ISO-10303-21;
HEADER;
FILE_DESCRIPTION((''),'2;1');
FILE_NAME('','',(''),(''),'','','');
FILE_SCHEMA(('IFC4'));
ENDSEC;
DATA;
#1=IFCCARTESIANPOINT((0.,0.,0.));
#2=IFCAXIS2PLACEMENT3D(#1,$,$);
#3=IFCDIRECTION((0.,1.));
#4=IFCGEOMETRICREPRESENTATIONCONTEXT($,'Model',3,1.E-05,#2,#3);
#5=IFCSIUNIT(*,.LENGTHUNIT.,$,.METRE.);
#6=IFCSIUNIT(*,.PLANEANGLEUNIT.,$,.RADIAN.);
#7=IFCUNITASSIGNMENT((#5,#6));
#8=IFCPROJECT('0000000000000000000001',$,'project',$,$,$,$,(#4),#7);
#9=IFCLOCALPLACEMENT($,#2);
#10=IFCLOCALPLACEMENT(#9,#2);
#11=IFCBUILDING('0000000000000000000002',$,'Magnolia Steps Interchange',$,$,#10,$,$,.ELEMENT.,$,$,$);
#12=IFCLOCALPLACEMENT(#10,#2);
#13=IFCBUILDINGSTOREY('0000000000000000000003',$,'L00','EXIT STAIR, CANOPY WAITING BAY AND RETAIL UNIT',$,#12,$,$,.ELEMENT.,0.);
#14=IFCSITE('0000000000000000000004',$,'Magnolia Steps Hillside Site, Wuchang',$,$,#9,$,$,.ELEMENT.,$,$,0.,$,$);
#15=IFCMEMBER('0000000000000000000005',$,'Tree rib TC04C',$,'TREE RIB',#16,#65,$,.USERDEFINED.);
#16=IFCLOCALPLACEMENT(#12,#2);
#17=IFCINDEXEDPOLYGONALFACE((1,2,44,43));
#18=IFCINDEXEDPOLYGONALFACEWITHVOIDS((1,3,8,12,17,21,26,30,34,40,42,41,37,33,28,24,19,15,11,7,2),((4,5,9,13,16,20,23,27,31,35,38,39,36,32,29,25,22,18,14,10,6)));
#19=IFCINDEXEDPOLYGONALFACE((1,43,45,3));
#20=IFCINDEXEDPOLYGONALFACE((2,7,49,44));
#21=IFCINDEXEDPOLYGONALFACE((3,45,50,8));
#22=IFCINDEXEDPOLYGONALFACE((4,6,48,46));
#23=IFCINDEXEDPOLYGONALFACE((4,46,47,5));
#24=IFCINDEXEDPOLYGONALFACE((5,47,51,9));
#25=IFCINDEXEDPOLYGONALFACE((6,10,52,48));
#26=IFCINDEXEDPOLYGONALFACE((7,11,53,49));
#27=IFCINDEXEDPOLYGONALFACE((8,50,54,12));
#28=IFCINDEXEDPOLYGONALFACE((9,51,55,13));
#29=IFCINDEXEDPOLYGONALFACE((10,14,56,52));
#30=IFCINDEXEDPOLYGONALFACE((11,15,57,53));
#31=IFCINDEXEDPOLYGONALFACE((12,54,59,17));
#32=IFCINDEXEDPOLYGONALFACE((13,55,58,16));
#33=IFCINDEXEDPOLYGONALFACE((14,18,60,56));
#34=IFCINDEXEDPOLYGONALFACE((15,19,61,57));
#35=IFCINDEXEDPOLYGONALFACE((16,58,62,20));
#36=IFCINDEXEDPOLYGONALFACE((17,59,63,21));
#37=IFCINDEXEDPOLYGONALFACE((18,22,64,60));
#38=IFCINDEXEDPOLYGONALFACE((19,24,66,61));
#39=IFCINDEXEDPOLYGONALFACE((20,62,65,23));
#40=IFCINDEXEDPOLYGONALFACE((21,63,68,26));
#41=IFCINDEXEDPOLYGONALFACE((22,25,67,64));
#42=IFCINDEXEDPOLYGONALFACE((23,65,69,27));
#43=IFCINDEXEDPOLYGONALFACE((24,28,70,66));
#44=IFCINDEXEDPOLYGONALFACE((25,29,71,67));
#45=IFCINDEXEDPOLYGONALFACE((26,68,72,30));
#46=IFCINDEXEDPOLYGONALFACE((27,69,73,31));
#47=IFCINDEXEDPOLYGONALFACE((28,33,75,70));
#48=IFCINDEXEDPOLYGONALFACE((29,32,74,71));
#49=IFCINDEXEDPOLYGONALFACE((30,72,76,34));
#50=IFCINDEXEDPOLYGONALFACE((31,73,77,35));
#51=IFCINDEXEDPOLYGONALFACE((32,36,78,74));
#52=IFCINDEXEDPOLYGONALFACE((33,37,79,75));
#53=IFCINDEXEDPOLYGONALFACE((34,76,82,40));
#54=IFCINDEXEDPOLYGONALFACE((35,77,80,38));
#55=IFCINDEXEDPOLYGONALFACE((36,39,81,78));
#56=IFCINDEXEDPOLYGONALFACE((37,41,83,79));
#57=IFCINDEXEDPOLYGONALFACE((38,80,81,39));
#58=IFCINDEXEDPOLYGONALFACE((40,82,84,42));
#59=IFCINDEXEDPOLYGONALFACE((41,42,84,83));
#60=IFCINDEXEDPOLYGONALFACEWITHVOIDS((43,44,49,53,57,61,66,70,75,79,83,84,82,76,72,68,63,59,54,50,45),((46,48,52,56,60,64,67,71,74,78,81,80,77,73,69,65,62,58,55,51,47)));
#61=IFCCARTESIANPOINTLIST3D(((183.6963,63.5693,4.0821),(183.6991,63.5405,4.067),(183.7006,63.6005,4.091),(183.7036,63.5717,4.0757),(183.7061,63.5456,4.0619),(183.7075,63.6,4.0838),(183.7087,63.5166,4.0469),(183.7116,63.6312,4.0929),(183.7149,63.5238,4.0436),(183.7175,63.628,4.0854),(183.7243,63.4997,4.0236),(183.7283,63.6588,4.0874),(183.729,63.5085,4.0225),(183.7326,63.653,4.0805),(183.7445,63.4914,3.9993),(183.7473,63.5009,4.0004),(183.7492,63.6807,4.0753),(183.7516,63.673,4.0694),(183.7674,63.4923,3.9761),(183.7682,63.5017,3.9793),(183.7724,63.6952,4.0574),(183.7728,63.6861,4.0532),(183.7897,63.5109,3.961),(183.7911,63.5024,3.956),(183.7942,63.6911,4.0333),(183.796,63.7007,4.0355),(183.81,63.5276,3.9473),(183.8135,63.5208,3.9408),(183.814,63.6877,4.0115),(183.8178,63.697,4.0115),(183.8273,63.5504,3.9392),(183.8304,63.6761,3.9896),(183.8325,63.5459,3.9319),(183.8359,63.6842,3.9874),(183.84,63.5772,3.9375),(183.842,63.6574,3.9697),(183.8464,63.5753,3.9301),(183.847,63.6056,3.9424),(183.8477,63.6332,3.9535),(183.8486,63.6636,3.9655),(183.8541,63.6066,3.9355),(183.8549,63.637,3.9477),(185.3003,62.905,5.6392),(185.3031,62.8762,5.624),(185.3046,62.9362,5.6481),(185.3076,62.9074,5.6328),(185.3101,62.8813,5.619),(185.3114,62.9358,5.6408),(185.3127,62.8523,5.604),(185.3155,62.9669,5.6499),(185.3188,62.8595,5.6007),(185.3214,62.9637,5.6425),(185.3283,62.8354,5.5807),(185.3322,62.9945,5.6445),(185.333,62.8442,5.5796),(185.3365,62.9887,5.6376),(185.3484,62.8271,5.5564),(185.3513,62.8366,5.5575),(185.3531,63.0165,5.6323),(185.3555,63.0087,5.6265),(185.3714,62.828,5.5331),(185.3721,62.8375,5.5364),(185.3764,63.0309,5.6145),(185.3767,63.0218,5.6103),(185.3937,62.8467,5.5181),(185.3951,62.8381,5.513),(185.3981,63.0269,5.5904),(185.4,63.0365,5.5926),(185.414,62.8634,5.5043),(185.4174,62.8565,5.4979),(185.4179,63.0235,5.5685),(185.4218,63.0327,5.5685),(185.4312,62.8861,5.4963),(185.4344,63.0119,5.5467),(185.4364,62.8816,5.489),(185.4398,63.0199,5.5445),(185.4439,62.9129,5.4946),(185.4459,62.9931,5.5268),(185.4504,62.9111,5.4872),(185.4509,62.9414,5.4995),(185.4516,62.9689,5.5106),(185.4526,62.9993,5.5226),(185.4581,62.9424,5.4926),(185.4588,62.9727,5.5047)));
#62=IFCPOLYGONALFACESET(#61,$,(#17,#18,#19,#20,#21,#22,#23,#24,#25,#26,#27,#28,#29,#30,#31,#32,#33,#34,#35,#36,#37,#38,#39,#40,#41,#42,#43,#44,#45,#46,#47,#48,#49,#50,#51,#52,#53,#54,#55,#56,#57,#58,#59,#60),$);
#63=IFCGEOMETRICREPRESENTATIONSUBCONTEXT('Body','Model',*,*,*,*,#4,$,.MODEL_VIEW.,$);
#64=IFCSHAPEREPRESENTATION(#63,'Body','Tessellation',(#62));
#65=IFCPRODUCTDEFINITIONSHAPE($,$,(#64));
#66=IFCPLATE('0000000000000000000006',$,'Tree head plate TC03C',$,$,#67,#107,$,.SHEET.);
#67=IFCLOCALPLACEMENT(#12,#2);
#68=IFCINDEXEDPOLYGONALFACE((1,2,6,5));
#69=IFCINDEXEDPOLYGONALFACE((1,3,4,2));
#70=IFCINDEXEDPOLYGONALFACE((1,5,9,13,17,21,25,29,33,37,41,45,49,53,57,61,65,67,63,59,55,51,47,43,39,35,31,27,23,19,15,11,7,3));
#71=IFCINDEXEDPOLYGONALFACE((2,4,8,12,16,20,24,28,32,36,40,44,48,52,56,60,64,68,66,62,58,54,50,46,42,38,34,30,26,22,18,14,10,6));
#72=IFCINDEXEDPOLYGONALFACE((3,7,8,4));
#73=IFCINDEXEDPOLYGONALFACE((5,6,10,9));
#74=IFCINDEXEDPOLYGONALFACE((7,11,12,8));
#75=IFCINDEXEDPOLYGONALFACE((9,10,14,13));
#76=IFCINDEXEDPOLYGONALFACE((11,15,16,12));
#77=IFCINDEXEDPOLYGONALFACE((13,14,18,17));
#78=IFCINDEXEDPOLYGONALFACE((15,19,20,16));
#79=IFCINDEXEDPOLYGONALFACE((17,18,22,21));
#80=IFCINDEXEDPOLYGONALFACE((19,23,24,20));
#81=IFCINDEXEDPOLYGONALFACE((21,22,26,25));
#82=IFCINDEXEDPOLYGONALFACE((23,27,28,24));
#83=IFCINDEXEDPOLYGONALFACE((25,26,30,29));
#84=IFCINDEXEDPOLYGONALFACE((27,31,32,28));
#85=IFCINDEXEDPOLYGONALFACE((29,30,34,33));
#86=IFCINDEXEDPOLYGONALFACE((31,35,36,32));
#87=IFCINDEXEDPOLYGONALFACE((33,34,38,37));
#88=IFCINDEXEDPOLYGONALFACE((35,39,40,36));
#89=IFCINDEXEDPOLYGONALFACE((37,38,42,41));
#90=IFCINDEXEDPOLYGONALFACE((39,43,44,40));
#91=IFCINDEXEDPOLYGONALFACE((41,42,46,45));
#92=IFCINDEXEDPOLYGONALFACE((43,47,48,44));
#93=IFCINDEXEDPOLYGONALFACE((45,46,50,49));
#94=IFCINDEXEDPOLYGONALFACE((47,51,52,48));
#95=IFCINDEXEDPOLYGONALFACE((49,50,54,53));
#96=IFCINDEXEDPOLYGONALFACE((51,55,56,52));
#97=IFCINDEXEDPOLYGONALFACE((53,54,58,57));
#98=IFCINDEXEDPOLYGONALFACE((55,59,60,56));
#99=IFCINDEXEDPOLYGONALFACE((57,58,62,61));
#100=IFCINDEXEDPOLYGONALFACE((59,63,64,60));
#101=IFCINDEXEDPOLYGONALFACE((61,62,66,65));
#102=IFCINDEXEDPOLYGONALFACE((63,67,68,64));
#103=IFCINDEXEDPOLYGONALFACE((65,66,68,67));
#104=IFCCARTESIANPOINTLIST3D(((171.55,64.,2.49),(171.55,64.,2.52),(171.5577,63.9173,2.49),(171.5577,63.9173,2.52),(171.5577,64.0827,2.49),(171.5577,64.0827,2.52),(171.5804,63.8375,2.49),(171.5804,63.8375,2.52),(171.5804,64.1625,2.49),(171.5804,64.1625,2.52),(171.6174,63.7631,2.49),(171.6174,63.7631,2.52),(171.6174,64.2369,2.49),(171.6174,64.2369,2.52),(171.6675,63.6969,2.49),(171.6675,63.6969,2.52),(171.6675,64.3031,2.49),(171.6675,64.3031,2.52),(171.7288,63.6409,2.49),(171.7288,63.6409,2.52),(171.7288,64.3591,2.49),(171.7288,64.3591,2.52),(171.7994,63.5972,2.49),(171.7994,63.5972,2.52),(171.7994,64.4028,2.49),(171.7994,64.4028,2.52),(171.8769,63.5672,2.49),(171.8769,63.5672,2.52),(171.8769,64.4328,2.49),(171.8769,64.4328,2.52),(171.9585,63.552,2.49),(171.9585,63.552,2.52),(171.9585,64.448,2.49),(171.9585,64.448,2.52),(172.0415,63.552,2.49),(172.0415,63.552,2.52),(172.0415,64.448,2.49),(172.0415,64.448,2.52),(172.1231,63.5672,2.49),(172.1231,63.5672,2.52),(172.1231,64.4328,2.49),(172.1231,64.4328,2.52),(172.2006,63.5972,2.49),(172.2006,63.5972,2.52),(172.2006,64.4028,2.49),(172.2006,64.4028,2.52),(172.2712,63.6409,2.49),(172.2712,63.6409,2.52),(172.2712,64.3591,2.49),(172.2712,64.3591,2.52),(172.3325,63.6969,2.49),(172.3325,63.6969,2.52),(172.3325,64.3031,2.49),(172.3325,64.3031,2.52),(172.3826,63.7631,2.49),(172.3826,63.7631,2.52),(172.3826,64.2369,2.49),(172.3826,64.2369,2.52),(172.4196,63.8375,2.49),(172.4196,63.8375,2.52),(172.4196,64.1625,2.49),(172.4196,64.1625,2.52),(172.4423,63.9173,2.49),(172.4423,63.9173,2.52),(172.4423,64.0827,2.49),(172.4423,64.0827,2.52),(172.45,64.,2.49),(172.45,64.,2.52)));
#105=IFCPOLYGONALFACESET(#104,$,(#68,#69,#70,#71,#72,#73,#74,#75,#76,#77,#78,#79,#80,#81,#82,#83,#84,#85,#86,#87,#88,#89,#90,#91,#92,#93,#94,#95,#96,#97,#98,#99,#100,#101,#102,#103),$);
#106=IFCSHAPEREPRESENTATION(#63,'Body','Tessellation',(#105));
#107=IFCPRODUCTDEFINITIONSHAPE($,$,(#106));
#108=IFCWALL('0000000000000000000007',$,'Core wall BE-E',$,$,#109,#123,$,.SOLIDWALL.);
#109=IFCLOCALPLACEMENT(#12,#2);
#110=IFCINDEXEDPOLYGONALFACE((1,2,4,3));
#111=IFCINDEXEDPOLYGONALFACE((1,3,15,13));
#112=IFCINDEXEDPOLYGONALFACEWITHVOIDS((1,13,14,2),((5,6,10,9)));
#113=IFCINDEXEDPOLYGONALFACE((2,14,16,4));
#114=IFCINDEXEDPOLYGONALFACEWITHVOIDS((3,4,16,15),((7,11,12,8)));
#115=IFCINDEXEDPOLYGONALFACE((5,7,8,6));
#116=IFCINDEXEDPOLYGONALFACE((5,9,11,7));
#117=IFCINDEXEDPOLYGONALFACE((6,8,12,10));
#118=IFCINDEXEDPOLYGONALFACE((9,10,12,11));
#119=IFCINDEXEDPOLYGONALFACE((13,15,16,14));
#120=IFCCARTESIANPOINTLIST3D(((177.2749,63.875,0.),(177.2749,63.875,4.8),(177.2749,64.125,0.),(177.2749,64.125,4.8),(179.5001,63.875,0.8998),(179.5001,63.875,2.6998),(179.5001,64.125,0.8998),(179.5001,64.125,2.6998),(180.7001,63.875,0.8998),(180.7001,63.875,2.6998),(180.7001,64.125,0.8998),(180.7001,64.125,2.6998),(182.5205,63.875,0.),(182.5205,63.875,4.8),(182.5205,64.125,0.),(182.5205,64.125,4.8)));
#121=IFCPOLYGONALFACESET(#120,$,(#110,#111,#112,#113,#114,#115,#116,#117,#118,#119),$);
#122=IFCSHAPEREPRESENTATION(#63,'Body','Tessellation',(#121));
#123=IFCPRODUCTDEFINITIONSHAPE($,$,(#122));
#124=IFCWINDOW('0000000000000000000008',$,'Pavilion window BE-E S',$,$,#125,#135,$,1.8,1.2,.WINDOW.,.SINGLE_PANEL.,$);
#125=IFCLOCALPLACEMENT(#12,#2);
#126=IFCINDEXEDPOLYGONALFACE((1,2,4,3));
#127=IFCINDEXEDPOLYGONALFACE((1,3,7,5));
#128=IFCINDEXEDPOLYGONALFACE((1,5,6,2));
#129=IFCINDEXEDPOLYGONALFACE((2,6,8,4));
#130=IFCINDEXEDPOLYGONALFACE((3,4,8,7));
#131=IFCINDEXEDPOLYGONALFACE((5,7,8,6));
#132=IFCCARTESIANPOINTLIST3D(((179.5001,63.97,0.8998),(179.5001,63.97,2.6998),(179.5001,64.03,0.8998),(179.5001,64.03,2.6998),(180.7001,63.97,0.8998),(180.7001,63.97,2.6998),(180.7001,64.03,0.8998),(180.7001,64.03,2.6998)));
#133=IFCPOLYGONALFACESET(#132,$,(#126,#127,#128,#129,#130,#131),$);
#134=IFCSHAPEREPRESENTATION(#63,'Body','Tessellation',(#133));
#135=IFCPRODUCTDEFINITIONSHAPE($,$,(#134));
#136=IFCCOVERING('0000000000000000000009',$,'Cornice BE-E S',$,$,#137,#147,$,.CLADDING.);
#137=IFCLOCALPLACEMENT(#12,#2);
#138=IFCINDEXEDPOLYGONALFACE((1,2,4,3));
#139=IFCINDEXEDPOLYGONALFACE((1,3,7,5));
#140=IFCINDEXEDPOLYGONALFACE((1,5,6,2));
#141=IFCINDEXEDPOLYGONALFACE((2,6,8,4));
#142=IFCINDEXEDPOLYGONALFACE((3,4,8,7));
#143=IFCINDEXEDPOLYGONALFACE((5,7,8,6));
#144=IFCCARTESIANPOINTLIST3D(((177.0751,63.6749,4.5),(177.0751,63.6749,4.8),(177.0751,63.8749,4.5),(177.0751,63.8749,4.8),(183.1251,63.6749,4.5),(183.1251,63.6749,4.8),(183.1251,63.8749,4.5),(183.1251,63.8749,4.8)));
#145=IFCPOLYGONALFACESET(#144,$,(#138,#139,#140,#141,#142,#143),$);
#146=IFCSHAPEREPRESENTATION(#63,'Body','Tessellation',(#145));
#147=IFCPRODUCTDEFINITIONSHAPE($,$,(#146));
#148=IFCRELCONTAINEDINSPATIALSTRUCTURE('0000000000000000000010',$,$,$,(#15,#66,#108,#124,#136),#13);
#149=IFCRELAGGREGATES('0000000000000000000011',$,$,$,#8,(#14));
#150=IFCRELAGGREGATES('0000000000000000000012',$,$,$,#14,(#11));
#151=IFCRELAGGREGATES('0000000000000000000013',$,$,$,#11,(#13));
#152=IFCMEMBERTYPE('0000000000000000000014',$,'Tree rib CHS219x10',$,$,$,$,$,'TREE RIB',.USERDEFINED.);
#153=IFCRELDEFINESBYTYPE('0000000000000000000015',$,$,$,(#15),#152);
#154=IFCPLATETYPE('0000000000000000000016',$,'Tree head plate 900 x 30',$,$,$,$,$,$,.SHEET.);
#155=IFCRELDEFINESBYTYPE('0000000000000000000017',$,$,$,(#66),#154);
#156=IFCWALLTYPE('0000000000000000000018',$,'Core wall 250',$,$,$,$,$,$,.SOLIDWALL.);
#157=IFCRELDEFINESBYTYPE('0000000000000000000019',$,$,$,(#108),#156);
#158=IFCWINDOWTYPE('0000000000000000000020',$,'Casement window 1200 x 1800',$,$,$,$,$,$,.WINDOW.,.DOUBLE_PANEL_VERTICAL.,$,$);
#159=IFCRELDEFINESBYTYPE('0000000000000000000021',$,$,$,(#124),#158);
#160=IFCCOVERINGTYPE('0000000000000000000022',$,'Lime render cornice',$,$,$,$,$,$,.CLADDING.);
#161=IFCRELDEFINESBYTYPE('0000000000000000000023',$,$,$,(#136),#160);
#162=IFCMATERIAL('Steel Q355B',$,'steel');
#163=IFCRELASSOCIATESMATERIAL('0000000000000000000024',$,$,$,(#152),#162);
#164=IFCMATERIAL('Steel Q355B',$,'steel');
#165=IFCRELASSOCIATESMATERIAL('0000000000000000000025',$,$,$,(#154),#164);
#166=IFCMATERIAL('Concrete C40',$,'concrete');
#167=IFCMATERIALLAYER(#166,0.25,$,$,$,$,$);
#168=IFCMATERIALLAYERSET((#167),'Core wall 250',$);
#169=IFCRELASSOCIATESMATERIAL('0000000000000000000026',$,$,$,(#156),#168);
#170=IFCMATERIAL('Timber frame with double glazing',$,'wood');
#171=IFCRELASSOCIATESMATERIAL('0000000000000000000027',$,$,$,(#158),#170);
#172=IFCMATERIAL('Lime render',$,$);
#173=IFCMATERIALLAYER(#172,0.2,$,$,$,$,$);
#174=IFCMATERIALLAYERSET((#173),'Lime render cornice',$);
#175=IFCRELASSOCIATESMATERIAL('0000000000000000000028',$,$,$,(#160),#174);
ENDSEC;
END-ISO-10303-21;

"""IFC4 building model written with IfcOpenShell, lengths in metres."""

from ifc_helpers import new_model, si_unit, direction, frame, frame_2d, origin, origin_2d, place, context, subcontext, project, spatial, rectangle, circle, hollow_circle, extrude, material, layer, layer_set, material_profile, profile_set, type_object, element, fill, save


model = new_model("IFC4")

# Units and contexts
model_context = context("Model", 3, precision=1e-05, world=origin(), true_north=direction((0.0, 1.0)))
body_context = subcontext(model_context, "Body", "Model", "MODEL_VIEW")
ifc_project = project(units=[si_unit("LENGTHUNIT", "METRE"), si_unit("PLANEANGLEUNIT", "RADIAN")], contexts=[model_context])

# Site, building, storey
site_placement = place(None, origin())
site = spatial("IfcSite", under=ifc_project, at=site_placement, Name="Magnolia Steps Hillside Site, Wuchang", CompositionType="ELEMENT", RefElevation=0.0)
building_placement = place(site_placement, origin())
building = spatial("IfcBuilding", under=site, at=building_placement, Name="Magnolia Steps Interchange", CompositionType="ELEMENT")
storey_placement = place(building_placement, origin())
storey = spatial("IfcBuildingStorey", under=building, at=storey_placement, Name="L00", Description="EXIT STAIR, CANOPY WAITING BAY AND RETAIL UNIT", CompositionType="ELEMENT", Elevation=0.0)

# Member
ifc_material_1 = material(Name="Steel Q355B", Category="steel")
ifc_material_profile_1 = material_profile(ifc_material_1, hollow_circle(Radius=0.1096, WallThickness=0.01, at=origin_2d()), Name="CHS219x10")
ifc_profile_set_1 = profile_set([ifc_material_profile_1], Name="Steel Q355B")
member_type = type_object("IfcMemberType", Name="Tree rib CHS219x10", ElementType="TREE RIB", PredefinedType="USERDEFINED", material=ifc_profile_set_1)
member_1_placement = place(storey_placement, frame((183.7759, 63.5957, 4.0115), z_axis=(0.687788, -0.284851, 0.667688), x_axis=(0.382637, 0.923899, 0.0)))
element("IfcMember", 1, at=member_1_placement, inside=storey, type_object=member_type, Name="Tree rib TC04C", ObjectType="TREE RIB", PredefinedType="USERDEFINED", context=body_context, shape_type="SweptSolid", body=[
    extrude(hollow_circle(Radius=0.1096, WallThickness=0.01, at=origin_2d()), origin(), (0.0, 0.0, 1.0), 2.332),
])

# Plate
ifc_material_2 = material(Name="Steel Q355B", Category="steel")
ifc_material_profile_2 = material_profile(ifc_material_2, circle(Radius=0.45, at=origin_2d()), Name="Tree head plate 900 x 30")
ifc_profile_set_2 = profile_set([ifc_material_profile_2], Name="Steel Q355B")
plate_type = type_object("IfcPlateType", Name="Tree head plate 900 x 30", PredefinedType="SHEET", material=ifc_profile_set_2)
plate_placement = place(storey_placement, frame((172.0, 64.0, 2.49), z_axis=(0.0, 0.0, 1.0), x_axis=(1.0, 0.0, 0.0)))
element("IfcPlate", 2, at=plate_placement, inside=storey, type_object=plate_type, Name="Tree head plate TC03C", PredefinedType="SHEET", context=body_context, shape_type="SweptSolid", body=[
    extrude(circle(Radius=0.45, at=origin_2d()), origin(), (0.0, 0.0, 1.0), 0.03),
])

# Wall, opening, window
ifc_material_3 = material(Name="Concrete C40", Category="concrete")
ifc_layer_1 = layer(ifc_material_3, 0.25)
ifc_layer_set_1 = layer_set([ifc_layer_1], Name="Core wall 250")
wall_type = type_object("IfcWallType", Name="Core wall 250", PredefinedType="SOLIDWALL", material=ifc_layer_set_1)
wall_placement = place(storey_placement, frame((177.2749, 64.0, 0.0), z_axis=(0.0, 0.0, 1.0), x_axis=(1.0, 0.0, 0.0)))
wall = element("IfcWall", 3, at=wall_placement, inside=storey, type_object=wall_type, Name="Core wall BE-E", PredefinedType="SOLIDWALL", context=body_context, shape_type="SweptSolid", body=[
    extrude(rectangle(XDim=5.2456, YDim=0.25, at=frame_2d((2.6228, 0.0))), origin(), (0.0, 0.0, 1.0), 4.8),
])
opening_placement = place(wall_placement, frame((2.2251, 0.0, 0.8999)))
opening = element("IfcOpeningElement", 4, at=opening_placement, cuts=wall, PredefinedType="OPENING", context=body_context, shape_type="SweptSolid", body=[
    extrude(rectangle(XDim=1.2, YDim=1.8, at=frame_2d((0.6001, 0.8999))), frame((0.0, 0.135, 0.0), z_axis=(0.0, -1.0, 0.0), x_axis=(1.0, 0.0, 0.0)), (0.0, 0.0, 1.0), 0.27),
])
ifc_material_4 = material(Name="Timber frame with double glazing", Category="wood")
window_type = type_object("IfcWindowType", Name="Casement window 1200 x 1800", PartitioningType="DOUBLE_PANEL_VERTICAL", PredefinedType="WINDOW", material=ifc_material_4)
window_placement = place(opening_placement, origin())
window = element("IfcWindow", 5, at=window_placement, inside=storey, type_object=window_type, Name="Pavilion window BE-E S", OverallHeight=1.8, OverallWidth=1.2, PartitioningType="SINGLE_PANEL", PredefinedType="WINDOW", context=body_context, shape_type="SweptSolid", body=[
    extrude(rectangle(XDim=1.2, YDim=1.8, at=frame_2d((0.6001, 0.8999))), frame((0.0, 0.03, 0.0), z_axis=(0.0, -1.0, 0.0), x_axis=(1.0, 0.0, 0.0)), (0.0, 0.0, 1.0), 0.0601),
])
fill(opening, window)

# Covering
ifc_material_5 = material(Name="Lime render")
ifc_layer_2 = layer(ifc_material_5, 0.2)
ifc_layer_set_2 = layer_set([ifc_layer_2], Name="Lime render cornice")
covering_type = type_object("IfcCoveringType", Name="Lime render cornice", PredefinedType="CLADDING", material=ifc_layer_set_2)
covering_placement = place(storey_placement, frame((180.1001, 63.7749, 4.5), z_axis=(0.0, 0.0, 1.0), x_axis=(1.0, 0.0, 0.0)))
element("IfcCovering", 6, at=covering_placement, inside=storey, type_object=covering_type, Name="Cornice BE-E S", PredefinedType="CLADDING", context=body_context, shape_type="SweptSolid", body=[
    extrude(rectangle(XDim=6.05, YDim=0.2, at=origin_2d()), origin(), (0.0, 0.0, 1.0), 0.3),
])

save(model, "model.ifc")
